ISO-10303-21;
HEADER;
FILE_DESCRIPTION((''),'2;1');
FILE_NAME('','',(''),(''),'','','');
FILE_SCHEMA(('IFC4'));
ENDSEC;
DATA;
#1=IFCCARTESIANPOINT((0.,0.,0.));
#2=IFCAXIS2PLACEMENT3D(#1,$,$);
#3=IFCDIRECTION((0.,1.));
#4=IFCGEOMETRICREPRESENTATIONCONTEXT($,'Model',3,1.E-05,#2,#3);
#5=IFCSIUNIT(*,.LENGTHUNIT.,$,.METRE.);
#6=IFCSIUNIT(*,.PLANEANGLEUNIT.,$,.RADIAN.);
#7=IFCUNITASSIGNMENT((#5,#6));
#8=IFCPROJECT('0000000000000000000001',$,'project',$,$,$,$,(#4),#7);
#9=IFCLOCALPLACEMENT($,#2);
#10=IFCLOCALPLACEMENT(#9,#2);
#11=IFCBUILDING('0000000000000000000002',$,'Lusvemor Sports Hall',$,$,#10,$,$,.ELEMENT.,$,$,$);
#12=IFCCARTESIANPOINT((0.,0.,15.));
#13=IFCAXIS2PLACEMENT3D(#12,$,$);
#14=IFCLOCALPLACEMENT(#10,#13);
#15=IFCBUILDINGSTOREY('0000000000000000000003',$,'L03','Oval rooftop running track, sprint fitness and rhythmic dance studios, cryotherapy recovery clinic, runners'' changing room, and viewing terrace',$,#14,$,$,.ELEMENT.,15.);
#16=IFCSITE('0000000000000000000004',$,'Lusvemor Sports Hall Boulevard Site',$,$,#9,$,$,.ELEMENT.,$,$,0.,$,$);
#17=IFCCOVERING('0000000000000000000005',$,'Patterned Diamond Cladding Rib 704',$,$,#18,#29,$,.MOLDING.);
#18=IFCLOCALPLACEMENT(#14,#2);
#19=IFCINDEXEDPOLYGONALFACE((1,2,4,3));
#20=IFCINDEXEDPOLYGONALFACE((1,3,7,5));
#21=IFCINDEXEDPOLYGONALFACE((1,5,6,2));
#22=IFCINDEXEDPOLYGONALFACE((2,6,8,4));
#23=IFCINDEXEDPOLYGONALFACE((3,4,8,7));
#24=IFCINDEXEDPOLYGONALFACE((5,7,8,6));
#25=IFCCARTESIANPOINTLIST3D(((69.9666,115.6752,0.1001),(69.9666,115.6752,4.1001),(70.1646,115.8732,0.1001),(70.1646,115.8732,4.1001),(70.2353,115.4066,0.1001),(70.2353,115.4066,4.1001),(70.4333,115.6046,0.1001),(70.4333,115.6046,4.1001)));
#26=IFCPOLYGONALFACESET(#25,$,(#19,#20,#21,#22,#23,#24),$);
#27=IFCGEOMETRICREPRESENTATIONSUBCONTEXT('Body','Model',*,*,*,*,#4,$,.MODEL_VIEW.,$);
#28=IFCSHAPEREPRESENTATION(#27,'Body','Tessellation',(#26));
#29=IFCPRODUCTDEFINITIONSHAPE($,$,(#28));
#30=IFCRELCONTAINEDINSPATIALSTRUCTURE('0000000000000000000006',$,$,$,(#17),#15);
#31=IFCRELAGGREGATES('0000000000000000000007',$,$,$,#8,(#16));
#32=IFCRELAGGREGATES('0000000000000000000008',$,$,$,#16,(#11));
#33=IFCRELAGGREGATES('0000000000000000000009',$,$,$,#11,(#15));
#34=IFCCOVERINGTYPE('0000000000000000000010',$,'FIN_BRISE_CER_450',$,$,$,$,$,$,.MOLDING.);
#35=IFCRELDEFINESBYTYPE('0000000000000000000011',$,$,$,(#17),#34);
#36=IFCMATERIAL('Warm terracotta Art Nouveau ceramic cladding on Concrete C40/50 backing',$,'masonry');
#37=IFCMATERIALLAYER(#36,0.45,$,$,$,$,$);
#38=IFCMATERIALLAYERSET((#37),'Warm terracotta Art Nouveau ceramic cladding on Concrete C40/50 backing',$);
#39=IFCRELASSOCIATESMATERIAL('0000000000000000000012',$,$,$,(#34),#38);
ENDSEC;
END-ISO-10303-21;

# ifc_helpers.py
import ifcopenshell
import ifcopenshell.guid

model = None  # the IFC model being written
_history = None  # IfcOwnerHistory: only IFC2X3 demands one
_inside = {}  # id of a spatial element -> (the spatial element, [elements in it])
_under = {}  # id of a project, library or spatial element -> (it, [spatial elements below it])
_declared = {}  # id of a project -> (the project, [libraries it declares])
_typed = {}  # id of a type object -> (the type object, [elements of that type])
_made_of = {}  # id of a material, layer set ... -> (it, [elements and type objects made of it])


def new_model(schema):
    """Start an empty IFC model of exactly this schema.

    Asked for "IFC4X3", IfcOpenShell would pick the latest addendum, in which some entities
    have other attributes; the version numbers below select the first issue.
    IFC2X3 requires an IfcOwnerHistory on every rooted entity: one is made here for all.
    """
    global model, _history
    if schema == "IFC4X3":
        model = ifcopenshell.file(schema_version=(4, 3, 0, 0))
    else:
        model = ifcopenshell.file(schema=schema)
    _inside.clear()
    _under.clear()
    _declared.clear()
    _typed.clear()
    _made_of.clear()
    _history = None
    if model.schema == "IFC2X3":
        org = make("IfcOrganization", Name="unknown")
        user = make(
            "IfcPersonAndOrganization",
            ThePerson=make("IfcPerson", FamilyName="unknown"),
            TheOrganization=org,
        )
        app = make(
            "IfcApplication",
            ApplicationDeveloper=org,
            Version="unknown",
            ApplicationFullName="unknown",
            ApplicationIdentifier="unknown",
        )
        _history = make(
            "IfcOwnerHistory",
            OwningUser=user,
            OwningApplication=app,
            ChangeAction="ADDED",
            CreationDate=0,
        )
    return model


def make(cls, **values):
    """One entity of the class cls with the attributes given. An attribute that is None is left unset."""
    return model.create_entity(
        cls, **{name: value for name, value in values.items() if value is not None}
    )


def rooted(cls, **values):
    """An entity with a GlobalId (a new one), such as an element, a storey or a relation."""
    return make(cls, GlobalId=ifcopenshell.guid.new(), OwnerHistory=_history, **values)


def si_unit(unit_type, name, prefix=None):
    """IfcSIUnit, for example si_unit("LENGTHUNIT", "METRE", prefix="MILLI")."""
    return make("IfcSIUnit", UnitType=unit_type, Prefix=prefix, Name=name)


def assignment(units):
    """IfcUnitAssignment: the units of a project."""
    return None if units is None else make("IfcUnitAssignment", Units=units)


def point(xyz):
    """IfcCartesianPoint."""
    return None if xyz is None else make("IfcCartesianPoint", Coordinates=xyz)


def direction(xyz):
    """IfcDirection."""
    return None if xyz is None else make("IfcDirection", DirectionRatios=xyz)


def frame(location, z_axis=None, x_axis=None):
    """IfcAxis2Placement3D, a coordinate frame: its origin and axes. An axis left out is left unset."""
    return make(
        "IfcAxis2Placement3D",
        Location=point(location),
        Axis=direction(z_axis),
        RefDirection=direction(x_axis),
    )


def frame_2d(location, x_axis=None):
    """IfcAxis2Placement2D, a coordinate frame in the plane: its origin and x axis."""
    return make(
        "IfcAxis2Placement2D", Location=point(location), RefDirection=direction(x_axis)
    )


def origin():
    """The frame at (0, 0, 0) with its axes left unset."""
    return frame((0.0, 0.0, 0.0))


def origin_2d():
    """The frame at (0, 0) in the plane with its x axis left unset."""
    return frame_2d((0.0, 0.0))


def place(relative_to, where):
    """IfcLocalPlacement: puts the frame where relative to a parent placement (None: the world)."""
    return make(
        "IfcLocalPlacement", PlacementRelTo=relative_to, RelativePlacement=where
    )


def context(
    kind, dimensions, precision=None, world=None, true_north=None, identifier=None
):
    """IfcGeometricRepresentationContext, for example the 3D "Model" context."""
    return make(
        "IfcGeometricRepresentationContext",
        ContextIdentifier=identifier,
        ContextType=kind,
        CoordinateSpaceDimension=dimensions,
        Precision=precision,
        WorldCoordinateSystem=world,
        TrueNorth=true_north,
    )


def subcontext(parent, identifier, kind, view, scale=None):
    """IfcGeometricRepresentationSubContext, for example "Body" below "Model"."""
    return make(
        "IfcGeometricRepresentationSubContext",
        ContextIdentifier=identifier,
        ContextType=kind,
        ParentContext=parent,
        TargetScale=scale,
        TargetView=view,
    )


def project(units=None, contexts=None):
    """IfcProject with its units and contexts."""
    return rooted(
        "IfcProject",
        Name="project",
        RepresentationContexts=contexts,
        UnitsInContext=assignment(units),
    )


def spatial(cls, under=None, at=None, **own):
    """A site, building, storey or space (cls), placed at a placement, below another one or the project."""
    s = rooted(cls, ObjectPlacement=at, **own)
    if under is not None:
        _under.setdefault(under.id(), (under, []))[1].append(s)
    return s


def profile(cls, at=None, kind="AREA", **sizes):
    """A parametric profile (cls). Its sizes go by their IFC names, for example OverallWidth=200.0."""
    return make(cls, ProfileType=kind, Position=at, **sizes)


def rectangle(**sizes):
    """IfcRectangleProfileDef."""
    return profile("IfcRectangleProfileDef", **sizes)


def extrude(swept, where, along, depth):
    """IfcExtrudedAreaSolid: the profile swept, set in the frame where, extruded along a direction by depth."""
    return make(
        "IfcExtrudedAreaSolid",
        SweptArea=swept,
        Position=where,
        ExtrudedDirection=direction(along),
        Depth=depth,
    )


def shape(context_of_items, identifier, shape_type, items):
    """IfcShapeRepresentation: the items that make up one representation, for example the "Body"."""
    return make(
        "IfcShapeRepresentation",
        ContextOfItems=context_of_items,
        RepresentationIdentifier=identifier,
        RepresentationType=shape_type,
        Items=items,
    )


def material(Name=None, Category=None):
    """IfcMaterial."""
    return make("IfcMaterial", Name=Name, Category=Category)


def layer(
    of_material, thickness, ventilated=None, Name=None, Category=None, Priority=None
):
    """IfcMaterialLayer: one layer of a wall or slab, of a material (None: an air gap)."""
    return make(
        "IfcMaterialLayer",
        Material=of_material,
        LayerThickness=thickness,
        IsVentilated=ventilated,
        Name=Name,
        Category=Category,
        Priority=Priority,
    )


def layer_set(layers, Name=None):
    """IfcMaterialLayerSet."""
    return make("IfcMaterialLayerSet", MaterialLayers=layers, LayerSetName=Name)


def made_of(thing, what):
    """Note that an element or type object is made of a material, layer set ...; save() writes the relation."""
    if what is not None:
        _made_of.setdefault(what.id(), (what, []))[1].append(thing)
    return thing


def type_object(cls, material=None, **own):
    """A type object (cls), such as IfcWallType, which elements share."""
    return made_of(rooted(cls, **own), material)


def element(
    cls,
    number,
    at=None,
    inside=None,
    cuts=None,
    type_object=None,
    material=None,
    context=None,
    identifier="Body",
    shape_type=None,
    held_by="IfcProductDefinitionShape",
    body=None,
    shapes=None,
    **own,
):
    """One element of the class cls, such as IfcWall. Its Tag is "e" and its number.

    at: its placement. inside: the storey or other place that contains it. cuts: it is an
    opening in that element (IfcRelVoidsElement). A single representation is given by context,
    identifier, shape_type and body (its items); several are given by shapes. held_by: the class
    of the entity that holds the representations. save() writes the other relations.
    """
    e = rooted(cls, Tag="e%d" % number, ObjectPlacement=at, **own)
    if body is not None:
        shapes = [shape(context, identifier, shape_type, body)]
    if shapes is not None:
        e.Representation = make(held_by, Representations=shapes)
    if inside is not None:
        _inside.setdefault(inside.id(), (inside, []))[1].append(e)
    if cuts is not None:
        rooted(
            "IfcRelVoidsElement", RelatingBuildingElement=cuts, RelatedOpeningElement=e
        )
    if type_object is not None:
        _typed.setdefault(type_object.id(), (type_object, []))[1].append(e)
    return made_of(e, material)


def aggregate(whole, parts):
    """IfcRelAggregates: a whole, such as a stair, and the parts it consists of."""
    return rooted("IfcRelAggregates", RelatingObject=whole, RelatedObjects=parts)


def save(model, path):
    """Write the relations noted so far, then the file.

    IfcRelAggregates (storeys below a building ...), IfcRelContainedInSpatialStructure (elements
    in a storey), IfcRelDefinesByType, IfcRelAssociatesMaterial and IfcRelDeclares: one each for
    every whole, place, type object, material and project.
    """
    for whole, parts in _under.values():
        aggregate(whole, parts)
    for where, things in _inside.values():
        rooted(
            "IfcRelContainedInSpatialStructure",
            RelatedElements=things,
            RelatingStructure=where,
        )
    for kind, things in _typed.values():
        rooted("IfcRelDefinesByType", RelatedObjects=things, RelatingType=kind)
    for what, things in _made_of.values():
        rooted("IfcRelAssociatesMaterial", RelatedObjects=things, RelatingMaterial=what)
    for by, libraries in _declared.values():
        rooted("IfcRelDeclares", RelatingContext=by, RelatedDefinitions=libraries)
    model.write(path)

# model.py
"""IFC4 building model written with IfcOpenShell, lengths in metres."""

from ifc_helpers import new_model, si_unit, direction, frame, origin, origin_2d, place, context, subcontext, project, spatial, rectangle, extrude, material, layer, layer_set, type_object, element, save


model = new_model("IFC4")

# Units and contexts
model_context = context("Model", 3, precision=1e-05, world=origin(), true_north=direction((0.0, 1.0)))
body_context = subcontext(model_context, "Body", "Model", "MODEL_VIEW")
ifc_project = project(units=[si_unit("LENGTHUNIT", "METRE"), si_unit("PLANEANGLEUNIT", "RADIAN")], contexts=[model_context])

# Site, building, storey
site_placement = place(None, origin())
site = spatial("IfcSite", under=ifc_project, at=site_placement, Name="Lusvemor Sports Hall Boulevard Site", CompositionType="ELEMENT", RefElevation=0.0)
building_placement = place(site_placement, origin())
building = spatial("IfcBuilding", under=site, at=building_placement, Name="Lusvemor Sports Hall", CompositionType="ELEMENT")
storey_placement = place(building_placement, frame((0.0, 0.0, 15.0)))
storey = spatial("IfcBuildingStorey", under=building, at=storey_placement, Name="L03", Description="Oval rooftop running track, sprint fitness and rhythmic dance studios, cryotherapy recovery clinic, runners' changing room, and viewing terrace", CompositionType="ELEMENT", Elevation=15.0)

# Covering
ifc_material_1 = material(Name="Warm terracotta Art Nouveau ceramic cladding on Concrete C40/50 backing", Category="masonry")
ifc_layer_1 = layer(ifc_material_1, 0.45)
ifc_layer_set_1 = layer_set([ifc_layer_1], Name="Warm terracotta Art Nouveau ceramic cladding on Concrete C40/50 backing")
covering_type_1 = type_object("IfcCoveringType", Name="FIN_BRISE_CER_450", PredefinedType="MOLDING", material=ifc_layer_set_1)
covering_1_placement = place(storey_placement, frame((70.2, 115.6399, 0.1001), z_axis=(0.0, 0.0, 1.0), x_axis=(0.707107, 0.707107, 0.0)))
element("IfcCovering", 1, at=covering_1_placement, inside=storey, type_object=covering_type_1, Name="Patterned Diamond Cladding Rib 704", PredefinedType="MOLDING", context=body_context, shape_type="SweptSolid", body=[
    extrude(rectangle(XDim=0.28, YDim=0.3799, at=origin_2d()), origin(), (0.0, 0.0, 1.0), 4.0),
])

save(model, "model.ifc")
